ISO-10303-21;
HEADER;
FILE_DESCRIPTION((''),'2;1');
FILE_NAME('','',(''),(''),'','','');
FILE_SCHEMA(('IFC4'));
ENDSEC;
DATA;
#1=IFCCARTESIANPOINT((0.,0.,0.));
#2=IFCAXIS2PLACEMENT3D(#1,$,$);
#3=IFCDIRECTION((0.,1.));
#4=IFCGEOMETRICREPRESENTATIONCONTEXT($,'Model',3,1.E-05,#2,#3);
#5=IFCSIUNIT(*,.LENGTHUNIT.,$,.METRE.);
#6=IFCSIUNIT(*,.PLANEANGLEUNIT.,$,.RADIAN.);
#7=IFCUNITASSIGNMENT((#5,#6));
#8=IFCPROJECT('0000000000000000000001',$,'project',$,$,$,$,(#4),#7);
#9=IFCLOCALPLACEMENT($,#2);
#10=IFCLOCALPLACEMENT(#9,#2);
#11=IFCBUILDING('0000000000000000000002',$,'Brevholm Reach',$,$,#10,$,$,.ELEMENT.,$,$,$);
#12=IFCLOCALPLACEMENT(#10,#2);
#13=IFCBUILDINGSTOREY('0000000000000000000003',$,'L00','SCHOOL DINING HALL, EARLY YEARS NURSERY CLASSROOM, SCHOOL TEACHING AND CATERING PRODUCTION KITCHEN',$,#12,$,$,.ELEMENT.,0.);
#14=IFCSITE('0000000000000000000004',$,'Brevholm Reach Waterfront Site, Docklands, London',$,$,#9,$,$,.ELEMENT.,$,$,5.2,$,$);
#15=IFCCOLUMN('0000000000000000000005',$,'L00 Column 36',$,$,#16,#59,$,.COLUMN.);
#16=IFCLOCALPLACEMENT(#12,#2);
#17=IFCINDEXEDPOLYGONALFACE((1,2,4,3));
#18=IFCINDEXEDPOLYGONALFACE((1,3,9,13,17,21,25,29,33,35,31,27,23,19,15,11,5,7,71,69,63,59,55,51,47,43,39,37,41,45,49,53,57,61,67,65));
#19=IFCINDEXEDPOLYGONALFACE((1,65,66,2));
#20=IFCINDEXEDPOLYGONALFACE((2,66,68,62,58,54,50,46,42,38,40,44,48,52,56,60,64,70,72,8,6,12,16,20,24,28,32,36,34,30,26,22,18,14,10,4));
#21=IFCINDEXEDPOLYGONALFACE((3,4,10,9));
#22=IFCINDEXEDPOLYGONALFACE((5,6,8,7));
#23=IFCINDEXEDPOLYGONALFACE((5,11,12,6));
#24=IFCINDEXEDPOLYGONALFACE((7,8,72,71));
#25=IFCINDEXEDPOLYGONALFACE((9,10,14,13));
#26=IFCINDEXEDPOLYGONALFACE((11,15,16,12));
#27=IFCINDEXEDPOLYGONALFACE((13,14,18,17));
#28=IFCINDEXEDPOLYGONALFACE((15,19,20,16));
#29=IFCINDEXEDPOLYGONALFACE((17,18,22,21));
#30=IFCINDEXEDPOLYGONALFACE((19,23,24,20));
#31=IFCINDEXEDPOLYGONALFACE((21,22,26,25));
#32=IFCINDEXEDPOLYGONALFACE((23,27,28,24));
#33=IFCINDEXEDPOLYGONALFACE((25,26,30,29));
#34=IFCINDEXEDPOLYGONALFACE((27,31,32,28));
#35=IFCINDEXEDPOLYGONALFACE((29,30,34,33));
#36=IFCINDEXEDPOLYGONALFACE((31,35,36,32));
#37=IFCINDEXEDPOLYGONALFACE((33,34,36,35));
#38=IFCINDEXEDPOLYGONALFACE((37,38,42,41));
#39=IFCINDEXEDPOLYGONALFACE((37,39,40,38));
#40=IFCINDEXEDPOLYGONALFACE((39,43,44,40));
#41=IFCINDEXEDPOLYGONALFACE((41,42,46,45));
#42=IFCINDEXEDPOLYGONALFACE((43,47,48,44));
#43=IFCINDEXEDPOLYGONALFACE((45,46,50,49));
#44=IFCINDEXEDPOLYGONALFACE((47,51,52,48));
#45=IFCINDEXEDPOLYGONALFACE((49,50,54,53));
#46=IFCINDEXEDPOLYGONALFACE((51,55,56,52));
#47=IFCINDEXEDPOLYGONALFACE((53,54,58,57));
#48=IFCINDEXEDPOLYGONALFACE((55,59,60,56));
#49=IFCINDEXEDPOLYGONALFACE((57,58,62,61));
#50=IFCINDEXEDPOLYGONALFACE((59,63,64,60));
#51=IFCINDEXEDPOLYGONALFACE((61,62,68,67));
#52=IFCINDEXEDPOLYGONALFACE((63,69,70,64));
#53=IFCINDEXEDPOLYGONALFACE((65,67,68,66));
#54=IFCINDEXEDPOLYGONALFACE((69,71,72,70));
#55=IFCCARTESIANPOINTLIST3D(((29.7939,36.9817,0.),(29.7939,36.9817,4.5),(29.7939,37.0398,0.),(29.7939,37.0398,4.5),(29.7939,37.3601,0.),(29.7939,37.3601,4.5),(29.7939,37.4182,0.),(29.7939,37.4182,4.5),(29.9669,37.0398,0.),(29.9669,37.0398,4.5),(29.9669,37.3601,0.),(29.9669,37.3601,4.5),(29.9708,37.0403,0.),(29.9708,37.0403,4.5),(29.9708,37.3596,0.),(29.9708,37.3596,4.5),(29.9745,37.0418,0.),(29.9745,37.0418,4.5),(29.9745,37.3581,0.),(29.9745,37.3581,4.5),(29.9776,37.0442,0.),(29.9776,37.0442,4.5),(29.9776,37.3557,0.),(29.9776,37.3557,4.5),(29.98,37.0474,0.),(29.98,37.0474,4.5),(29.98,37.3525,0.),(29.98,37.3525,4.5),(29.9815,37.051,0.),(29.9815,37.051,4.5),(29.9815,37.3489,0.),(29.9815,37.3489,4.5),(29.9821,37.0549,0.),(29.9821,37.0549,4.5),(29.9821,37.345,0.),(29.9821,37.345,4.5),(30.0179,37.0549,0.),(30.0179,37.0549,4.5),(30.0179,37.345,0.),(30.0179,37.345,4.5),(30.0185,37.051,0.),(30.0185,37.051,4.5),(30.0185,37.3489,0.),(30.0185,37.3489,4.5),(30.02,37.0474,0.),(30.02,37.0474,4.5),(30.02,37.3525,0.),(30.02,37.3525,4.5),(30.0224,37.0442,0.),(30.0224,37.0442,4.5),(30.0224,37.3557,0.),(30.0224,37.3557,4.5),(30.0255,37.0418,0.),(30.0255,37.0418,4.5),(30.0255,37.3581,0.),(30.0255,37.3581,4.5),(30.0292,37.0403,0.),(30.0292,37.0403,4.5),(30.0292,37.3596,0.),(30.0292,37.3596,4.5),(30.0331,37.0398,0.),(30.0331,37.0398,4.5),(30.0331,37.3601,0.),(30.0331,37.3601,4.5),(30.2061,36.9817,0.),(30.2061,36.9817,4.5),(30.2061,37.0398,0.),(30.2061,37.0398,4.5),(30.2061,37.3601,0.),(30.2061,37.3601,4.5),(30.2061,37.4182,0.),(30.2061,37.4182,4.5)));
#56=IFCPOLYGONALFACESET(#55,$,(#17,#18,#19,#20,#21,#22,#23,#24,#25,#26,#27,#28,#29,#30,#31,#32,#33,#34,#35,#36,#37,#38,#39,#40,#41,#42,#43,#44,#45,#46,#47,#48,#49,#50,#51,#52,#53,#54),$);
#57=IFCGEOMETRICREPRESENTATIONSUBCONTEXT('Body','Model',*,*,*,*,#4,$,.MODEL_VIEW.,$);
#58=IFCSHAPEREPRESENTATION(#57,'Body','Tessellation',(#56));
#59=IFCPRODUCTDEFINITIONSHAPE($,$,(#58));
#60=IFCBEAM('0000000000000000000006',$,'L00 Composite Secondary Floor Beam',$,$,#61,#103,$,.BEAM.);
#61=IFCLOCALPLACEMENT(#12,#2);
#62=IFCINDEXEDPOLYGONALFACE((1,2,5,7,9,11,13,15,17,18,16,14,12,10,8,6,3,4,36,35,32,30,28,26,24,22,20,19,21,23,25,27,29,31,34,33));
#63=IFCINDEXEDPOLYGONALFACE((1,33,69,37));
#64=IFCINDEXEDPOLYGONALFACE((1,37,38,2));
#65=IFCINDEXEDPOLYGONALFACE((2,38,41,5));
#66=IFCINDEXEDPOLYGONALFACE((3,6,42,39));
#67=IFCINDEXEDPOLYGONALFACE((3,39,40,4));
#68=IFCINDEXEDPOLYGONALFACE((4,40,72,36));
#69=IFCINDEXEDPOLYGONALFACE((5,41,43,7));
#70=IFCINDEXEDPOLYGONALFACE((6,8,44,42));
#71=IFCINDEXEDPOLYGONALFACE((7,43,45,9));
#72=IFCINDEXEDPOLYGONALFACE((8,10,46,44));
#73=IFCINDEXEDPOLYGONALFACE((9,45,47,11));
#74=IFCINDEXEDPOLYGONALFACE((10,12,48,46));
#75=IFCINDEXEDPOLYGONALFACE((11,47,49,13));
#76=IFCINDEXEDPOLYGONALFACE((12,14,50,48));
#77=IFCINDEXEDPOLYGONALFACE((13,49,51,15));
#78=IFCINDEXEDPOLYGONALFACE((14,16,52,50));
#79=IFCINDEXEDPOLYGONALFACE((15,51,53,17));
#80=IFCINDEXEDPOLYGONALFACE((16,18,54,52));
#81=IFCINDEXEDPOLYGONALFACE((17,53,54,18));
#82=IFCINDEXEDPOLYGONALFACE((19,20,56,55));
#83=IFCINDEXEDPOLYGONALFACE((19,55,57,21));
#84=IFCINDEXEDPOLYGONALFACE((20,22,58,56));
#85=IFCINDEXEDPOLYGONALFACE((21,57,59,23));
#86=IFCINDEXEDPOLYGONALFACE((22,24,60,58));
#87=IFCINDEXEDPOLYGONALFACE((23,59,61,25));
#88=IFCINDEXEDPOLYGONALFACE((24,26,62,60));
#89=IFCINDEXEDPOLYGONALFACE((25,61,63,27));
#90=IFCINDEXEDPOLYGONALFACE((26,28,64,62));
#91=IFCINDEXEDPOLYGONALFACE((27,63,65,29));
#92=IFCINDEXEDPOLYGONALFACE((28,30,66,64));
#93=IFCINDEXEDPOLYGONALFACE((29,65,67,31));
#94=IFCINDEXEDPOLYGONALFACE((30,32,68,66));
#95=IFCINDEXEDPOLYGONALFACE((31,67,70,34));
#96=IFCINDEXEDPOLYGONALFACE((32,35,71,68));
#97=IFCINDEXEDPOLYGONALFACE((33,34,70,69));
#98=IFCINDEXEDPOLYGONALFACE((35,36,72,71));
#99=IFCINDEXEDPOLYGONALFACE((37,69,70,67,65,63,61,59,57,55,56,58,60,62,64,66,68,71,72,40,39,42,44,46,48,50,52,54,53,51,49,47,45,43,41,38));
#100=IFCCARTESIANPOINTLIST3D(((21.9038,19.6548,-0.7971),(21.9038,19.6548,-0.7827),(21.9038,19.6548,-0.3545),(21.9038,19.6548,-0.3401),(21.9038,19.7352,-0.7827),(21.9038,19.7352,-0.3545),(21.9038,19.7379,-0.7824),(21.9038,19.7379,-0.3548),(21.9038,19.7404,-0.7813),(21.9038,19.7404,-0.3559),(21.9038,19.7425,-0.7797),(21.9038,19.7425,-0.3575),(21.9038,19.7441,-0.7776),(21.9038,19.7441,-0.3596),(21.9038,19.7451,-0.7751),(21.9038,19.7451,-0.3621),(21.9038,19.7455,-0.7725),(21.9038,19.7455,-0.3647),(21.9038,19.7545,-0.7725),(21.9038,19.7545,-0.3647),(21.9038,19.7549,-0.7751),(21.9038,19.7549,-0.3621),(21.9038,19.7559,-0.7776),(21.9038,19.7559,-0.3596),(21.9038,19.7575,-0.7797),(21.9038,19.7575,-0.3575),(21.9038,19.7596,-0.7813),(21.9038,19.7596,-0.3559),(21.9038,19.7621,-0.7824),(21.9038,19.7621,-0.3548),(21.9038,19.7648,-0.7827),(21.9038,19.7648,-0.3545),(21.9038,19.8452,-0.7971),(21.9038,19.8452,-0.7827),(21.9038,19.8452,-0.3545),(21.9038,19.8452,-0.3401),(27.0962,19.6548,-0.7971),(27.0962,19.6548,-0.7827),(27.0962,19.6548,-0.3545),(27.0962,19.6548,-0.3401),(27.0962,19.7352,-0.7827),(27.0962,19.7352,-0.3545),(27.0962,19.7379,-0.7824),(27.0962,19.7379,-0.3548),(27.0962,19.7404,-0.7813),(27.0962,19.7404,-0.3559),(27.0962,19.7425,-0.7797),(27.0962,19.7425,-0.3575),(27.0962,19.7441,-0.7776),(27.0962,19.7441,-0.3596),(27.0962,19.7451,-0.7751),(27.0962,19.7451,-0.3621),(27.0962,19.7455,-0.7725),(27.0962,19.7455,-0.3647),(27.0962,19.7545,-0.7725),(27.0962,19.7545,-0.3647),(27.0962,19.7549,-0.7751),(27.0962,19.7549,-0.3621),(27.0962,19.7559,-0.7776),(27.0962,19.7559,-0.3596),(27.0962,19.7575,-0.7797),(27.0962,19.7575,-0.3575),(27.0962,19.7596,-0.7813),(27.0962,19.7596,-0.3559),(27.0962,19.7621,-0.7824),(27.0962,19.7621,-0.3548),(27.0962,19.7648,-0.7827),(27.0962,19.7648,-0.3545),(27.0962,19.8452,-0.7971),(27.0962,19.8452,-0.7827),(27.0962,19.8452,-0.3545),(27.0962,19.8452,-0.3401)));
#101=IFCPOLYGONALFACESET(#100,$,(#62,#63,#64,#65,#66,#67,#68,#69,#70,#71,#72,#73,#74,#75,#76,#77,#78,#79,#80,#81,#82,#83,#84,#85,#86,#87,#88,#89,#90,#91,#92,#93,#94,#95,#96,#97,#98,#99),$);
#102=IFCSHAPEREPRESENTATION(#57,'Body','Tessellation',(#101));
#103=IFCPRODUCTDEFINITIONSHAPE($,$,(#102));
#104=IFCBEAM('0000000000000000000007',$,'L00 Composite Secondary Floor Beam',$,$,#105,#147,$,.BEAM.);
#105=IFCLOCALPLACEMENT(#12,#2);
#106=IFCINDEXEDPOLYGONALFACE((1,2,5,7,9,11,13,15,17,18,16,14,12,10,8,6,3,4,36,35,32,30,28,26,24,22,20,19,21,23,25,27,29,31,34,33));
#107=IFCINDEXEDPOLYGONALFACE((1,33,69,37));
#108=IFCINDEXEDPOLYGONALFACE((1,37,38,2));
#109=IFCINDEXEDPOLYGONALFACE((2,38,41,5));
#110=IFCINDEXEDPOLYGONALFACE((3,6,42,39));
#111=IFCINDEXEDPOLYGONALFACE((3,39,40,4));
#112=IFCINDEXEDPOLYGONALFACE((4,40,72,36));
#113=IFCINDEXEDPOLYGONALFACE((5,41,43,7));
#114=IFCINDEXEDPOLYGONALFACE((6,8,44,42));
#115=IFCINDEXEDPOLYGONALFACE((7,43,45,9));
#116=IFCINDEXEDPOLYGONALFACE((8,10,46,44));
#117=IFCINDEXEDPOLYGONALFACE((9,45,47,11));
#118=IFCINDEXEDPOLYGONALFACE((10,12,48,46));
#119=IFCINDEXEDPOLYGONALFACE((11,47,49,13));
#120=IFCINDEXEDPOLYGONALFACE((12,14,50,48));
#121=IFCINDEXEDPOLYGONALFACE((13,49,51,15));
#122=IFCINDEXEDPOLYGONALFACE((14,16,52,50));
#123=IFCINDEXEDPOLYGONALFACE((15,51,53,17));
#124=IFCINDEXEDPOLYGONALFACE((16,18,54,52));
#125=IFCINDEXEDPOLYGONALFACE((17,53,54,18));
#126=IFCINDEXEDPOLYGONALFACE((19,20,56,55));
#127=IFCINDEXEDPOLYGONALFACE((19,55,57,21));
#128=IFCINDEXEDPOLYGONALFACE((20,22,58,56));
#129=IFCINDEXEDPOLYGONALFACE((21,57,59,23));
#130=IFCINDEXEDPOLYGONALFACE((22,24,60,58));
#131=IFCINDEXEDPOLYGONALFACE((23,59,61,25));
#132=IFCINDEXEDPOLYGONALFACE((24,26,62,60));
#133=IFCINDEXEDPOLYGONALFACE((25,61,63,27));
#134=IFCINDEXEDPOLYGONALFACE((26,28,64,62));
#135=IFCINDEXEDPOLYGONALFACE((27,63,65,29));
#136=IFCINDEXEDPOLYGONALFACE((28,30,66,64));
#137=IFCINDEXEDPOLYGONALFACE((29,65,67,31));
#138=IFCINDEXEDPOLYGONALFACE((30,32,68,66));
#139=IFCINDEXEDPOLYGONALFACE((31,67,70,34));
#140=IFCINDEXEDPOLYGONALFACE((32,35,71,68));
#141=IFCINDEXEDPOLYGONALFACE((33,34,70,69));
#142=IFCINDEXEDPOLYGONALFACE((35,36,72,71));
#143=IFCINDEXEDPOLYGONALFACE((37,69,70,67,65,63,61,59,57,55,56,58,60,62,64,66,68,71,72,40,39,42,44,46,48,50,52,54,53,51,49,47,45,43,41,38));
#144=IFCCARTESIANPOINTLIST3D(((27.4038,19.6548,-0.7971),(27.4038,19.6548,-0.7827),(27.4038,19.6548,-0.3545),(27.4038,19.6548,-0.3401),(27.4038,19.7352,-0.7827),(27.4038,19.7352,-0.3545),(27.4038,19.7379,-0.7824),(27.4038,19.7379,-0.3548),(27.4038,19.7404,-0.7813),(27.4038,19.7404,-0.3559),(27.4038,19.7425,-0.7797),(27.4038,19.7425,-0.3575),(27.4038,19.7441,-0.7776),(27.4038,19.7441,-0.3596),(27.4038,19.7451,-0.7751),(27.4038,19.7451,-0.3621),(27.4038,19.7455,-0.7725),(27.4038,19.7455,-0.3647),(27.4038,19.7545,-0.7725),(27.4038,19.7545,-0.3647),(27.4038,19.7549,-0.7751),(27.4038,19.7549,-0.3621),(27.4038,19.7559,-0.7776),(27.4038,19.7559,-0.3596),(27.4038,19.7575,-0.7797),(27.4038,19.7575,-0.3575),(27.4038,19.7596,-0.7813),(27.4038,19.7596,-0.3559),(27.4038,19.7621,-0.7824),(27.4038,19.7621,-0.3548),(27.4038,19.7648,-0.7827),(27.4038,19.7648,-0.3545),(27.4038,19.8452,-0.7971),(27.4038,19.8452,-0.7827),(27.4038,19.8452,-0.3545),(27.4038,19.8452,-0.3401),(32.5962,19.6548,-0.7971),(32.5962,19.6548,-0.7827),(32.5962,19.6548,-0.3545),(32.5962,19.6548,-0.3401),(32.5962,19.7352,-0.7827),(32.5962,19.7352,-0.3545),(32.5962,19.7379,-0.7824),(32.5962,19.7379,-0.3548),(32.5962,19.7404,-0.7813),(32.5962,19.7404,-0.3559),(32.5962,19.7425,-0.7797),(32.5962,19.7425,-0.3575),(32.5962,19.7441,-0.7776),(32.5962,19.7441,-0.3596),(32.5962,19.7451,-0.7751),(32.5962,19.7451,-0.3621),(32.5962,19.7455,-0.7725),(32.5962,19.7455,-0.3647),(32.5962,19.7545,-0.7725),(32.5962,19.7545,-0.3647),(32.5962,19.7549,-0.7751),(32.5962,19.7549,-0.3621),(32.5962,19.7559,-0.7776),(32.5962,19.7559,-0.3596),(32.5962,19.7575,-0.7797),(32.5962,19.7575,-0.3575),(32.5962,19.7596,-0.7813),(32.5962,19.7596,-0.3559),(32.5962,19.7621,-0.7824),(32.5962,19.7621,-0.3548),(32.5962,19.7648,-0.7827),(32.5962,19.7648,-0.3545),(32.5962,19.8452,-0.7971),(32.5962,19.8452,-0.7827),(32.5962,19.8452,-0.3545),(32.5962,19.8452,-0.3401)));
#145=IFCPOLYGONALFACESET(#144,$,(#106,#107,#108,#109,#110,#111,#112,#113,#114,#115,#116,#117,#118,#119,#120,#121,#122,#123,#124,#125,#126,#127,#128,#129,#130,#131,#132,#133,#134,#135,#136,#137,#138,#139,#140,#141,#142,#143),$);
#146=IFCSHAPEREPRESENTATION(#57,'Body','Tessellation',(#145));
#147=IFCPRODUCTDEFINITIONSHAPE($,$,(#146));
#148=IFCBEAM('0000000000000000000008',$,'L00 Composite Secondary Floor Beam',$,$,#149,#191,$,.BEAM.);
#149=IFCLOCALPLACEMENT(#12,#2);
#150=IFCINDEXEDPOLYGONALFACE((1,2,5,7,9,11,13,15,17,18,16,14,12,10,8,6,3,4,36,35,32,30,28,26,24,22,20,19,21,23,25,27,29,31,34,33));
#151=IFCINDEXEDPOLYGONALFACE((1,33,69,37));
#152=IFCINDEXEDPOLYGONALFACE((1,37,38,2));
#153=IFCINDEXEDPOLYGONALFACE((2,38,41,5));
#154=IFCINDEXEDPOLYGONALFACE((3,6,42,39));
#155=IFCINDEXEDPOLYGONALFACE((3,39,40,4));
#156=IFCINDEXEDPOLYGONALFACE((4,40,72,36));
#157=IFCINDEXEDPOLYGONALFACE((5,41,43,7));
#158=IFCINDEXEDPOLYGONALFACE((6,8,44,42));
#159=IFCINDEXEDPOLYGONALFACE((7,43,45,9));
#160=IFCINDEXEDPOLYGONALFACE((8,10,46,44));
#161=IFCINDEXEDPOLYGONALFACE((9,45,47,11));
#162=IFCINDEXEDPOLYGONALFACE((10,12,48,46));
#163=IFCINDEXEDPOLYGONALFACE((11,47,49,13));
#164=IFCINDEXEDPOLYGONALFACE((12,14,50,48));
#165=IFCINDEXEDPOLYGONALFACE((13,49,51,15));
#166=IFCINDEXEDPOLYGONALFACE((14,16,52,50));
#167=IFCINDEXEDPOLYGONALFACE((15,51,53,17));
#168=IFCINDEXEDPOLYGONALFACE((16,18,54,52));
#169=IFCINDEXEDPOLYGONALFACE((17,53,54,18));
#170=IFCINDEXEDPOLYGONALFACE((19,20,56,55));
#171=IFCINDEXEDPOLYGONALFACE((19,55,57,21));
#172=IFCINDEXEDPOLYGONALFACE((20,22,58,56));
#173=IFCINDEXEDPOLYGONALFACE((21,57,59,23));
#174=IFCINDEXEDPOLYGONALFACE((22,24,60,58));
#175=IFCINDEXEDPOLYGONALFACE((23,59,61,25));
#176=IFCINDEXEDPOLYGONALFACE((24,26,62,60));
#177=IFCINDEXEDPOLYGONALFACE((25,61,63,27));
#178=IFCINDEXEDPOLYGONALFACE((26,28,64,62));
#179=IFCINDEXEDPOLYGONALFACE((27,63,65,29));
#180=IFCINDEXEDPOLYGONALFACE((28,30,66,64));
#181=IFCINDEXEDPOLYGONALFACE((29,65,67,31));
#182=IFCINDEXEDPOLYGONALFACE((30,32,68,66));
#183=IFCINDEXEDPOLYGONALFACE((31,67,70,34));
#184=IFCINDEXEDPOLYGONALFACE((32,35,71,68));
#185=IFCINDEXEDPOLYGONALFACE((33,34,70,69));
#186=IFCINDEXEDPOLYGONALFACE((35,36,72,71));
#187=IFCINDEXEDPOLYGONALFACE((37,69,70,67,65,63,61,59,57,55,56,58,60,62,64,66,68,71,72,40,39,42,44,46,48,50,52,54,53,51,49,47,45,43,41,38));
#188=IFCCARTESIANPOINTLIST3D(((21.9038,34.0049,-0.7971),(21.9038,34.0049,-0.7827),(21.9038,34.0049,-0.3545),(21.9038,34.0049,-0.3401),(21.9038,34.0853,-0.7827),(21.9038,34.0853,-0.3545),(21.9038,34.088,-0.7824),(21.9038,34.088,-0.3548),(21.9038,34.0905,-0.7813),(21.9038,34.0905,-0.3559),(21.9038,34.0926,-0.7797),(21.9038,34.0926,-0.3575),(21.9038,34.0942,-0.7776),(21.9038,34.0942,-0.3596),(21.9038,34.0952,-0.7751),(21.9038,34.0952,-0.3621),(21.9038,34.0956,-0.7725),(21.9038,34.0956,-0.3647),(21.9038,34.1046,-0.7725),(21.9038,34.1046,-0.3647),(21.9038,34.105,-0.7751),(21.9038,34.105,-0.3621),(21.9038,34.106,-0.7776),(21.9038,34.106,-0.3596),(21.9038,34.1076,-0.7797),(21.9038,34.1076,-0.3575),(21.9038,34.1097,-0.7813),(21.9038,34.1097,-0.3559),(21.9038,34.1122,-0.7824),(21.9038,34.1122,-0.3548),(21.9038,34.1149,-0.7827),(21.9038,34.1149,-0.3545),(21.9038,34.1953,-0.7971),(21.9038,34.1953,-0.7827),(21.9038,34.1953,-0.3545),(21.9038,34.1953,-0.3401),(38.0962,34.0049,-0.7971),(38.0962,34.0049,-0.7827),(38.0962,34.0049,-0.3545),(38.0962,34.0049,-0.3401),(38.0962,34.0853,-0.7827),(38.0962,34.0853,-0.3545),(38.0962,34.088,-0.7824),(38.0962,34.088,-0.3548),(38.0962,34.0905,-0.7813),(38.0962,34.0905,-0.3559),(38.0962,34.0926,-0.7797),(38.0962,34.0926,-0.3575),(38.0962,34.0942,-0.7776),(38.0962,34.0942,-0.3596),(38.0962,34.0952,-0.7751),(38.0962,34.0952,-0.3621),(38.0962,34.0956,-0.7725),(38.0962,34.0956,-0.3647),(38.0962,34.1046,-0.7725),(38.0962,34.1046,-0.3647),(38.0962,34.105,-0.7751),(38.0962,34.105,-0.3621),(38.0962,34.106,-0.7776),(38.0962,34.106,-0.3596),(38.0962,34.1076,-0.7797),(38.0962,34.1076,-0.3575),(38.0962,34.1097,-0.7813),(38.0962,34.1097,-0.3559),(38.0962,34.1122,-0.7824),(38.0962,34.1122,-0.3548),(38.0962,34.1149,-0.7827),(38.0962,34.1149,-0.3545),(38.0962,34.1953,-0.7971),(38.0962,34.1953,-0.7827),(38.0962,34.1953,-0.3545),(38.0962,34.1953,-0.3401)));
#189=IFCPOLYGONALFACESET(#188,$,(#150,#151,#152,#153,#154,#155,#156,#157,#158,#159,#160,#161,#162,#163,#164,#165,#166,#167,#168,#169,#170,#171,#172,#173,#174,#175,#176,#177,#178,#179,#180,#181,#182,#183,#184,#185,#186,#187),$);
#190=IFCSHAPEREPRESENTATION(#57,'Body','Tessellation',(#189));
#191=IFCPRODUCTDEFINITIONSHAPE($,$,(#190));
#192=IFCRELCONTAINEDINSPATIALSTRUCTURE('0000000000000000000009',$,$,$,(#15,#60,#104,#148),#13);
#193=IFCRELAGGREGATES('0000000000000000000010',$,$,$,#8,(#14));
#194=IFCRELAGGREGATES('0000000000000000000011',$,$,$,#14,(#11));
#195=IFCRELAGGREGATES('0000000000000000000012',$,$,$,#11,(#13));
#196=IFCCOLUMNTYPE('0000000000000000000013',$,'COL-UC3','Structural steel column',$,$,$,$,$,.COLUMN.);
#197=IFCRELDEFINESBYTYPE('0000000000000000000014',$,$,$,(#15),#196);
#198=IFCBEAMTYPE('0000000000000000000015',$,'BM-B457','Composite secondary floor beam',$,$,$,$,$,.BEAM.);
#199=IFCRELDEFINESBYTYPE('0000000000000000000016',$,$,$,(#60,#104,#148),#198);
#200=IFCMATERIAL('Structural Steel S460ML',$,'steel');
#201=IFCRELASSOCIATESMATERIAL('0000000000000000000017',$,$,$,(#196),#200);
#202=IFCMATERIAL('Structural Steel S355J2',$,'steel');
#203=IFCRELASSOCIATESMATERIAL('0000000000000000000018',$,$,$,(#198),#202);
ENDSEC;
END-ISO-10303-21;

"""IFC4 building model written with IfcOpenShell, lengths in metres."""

from ifc_helpers import new_model, si_unit, direction, frame, origin, origin_2d, place, context, subcontext, project, spatial, i_section, extrude, material, material_profile, profile_set, type_object, element, save


model = new_model("IFC4")

# Units and contexts
model_context = context("Model", 3, precision=1e-05, world=origin(), true_north=direction((0.0, 1.0)))
body_context = subcontext(model_context, "Body", "Model", "MODEL_VIEW")
ifc_project = project(units=[si_unit("LENGTHUNIT", "METRE"), si_unit("PLANEANGLEUNIT", "RADIAN")], contexts=[model_context])

# Site, building, storey
site_placement = place(None, origin())
site = spatial("IfcSite", under=ifc_project, at=site_placement, Name="Brevholm Reach Waterfront Site, Docklands, London", CompositionType="ELEMENT", RefElevation=5.2)
building_placement = place(site_placement, origin())
building = spatial("IfcBuilding", under=site, at=building_placement, Name="Brevholm Reach", CompositionType="ELEMENT")
storey_placement = place(building_placement, origin())
storey = spatial("IfcBuildingStorey", under=building, at=storey_placement, Name="L00", Description="SCHOOL DINING HALL, EARLY YEARS NURSERY CLASSROOM, SCHOOL TEACHING AND CATERING PRODUCTION KITCHEN", CompositionType="ELEMENT", Elevation=0.0)

# Column
ifc_material_1 = material(Name="Structural Steel S460ML", Category="steel")
ifc_material_profile_1 = material_profile(ifc_material_1, i_section(OverallWidth=0.4121, OverallDepth=0.4365, WebThickness=0.0359, FlangeThickness=0.0581, FilletRadius=0.0151, at=origin_2d()), Name="UKC 356x406x467")
ifc_profile_set_1 = profile_set([ifc_material_profile_1], Name="Structural Steel S460ML")
column_type_1 = type_object("IfcColumnType", Name="COL-UC3", Description="Structural steel column", PredefinedType="COLUMN", material=ifc_profile_set_1)
for number, where, z_axis, x_axis, name in (
    (1, (30.0, 37.2, 0.0), (0.0, 0.0, 1.0), (1.0, 0.0, 0.0), "L00 Column 36"),
):
    element("IfcColumn", number, at=place(storey_placement, frame(where, z_axis=z_axis, x_axis=x_axis)), inside=storey, type_object=column_type_1, Name=name, PredefinedType="COLUMN", context=body_context, shape_type="SweptSolid", body=[
        extrude(i_section(OverallWidth=0.4121, OverallDepth=0.4365, WebThickness=0.0359, FlangeThickness=0.0581, FilletRadius=0.0151, at=origin_2d()), origin(), (0.0, 0.0, 1.0), 4.5),
    ])

# Beams
ifc_material_2 = material(Name="Structural Steel S355J2", Category="steel")
ifc_material_profile_2 = material_profile(ifc_material_2, i_section(OverallWidth=0.1904, OverallDepth=0.457, WebThickness=0.009, FlangeThickness=0.0144, FilletRadius=0.0103, at=origin_2d()), Name="UKB 457x191x74")
ifc_profile_set_2 = profile_set([ifc_material_profile_2], Name="Structural Steel S355J2")
beam_type_1 = type_object("IfcBeamType", Name="BM-B457", Description="Composite secondary floor beam", PredefinedType="BEAM", material=ifc_profile_set_2)
for number, where, z_axis, x_axis, name in (
    (2, (21.9038, 19.75, -0.5686), (1.0, 0.0, 0.0), (0.0, 1.0, 0.0), "L00 Composite Secondary Floor Beam"),
    (3, (27.4038, 19.75, -0.5686), (1.0, 0.0, 0.0), (0.0, 1.0, 0.0), "L00 Composite Secondary Floor Beam"),
):
    element("IfcBeam", number, at=place(storey_placement, frame(where, z_axis=z_axis, x_axis=x_axis)), inside=storey, type_object=beam_type_1, Name=name, PredefinedType="BEAM", context=body_context, shape_type="SweptSolid", body=[
        extrude(i_section(OverallWidth=0.1904, OverallDepth=0.457, WebThickness=0.009, FlangeThickness=0.0144, FilletRadius=0.0103, at=origin_2d()), origin(), (0.0, 0.0, 1.0), 5.1924),
    ])
beam_1_placement = place(storey_placement, frame((21.9038, 34.1001, -0.5686), z_axis=(1.0, 0.0, 0.0), x_axis=(0.0, 1.0, 0.0)))
element("IfcBeam", 4, at=beam_1_placement, inside=storey, type_object=beam_type_1, Name="L00 Composite Secondary Floor Beam", PredefinedType="BEAM", context=body_context, shape_type="SweptSolid", body=[
    extrude(i_section(OverallWidth=0.1904, OverallDepth=0.457, WebThickness=0.009, FlangeThickness=0.0144, FilletRadius=0.0103, at=origin_2d()), origin(), (0.0, 0.0, 1.0), 16.1924),
])

save(model, "model.ifc")
